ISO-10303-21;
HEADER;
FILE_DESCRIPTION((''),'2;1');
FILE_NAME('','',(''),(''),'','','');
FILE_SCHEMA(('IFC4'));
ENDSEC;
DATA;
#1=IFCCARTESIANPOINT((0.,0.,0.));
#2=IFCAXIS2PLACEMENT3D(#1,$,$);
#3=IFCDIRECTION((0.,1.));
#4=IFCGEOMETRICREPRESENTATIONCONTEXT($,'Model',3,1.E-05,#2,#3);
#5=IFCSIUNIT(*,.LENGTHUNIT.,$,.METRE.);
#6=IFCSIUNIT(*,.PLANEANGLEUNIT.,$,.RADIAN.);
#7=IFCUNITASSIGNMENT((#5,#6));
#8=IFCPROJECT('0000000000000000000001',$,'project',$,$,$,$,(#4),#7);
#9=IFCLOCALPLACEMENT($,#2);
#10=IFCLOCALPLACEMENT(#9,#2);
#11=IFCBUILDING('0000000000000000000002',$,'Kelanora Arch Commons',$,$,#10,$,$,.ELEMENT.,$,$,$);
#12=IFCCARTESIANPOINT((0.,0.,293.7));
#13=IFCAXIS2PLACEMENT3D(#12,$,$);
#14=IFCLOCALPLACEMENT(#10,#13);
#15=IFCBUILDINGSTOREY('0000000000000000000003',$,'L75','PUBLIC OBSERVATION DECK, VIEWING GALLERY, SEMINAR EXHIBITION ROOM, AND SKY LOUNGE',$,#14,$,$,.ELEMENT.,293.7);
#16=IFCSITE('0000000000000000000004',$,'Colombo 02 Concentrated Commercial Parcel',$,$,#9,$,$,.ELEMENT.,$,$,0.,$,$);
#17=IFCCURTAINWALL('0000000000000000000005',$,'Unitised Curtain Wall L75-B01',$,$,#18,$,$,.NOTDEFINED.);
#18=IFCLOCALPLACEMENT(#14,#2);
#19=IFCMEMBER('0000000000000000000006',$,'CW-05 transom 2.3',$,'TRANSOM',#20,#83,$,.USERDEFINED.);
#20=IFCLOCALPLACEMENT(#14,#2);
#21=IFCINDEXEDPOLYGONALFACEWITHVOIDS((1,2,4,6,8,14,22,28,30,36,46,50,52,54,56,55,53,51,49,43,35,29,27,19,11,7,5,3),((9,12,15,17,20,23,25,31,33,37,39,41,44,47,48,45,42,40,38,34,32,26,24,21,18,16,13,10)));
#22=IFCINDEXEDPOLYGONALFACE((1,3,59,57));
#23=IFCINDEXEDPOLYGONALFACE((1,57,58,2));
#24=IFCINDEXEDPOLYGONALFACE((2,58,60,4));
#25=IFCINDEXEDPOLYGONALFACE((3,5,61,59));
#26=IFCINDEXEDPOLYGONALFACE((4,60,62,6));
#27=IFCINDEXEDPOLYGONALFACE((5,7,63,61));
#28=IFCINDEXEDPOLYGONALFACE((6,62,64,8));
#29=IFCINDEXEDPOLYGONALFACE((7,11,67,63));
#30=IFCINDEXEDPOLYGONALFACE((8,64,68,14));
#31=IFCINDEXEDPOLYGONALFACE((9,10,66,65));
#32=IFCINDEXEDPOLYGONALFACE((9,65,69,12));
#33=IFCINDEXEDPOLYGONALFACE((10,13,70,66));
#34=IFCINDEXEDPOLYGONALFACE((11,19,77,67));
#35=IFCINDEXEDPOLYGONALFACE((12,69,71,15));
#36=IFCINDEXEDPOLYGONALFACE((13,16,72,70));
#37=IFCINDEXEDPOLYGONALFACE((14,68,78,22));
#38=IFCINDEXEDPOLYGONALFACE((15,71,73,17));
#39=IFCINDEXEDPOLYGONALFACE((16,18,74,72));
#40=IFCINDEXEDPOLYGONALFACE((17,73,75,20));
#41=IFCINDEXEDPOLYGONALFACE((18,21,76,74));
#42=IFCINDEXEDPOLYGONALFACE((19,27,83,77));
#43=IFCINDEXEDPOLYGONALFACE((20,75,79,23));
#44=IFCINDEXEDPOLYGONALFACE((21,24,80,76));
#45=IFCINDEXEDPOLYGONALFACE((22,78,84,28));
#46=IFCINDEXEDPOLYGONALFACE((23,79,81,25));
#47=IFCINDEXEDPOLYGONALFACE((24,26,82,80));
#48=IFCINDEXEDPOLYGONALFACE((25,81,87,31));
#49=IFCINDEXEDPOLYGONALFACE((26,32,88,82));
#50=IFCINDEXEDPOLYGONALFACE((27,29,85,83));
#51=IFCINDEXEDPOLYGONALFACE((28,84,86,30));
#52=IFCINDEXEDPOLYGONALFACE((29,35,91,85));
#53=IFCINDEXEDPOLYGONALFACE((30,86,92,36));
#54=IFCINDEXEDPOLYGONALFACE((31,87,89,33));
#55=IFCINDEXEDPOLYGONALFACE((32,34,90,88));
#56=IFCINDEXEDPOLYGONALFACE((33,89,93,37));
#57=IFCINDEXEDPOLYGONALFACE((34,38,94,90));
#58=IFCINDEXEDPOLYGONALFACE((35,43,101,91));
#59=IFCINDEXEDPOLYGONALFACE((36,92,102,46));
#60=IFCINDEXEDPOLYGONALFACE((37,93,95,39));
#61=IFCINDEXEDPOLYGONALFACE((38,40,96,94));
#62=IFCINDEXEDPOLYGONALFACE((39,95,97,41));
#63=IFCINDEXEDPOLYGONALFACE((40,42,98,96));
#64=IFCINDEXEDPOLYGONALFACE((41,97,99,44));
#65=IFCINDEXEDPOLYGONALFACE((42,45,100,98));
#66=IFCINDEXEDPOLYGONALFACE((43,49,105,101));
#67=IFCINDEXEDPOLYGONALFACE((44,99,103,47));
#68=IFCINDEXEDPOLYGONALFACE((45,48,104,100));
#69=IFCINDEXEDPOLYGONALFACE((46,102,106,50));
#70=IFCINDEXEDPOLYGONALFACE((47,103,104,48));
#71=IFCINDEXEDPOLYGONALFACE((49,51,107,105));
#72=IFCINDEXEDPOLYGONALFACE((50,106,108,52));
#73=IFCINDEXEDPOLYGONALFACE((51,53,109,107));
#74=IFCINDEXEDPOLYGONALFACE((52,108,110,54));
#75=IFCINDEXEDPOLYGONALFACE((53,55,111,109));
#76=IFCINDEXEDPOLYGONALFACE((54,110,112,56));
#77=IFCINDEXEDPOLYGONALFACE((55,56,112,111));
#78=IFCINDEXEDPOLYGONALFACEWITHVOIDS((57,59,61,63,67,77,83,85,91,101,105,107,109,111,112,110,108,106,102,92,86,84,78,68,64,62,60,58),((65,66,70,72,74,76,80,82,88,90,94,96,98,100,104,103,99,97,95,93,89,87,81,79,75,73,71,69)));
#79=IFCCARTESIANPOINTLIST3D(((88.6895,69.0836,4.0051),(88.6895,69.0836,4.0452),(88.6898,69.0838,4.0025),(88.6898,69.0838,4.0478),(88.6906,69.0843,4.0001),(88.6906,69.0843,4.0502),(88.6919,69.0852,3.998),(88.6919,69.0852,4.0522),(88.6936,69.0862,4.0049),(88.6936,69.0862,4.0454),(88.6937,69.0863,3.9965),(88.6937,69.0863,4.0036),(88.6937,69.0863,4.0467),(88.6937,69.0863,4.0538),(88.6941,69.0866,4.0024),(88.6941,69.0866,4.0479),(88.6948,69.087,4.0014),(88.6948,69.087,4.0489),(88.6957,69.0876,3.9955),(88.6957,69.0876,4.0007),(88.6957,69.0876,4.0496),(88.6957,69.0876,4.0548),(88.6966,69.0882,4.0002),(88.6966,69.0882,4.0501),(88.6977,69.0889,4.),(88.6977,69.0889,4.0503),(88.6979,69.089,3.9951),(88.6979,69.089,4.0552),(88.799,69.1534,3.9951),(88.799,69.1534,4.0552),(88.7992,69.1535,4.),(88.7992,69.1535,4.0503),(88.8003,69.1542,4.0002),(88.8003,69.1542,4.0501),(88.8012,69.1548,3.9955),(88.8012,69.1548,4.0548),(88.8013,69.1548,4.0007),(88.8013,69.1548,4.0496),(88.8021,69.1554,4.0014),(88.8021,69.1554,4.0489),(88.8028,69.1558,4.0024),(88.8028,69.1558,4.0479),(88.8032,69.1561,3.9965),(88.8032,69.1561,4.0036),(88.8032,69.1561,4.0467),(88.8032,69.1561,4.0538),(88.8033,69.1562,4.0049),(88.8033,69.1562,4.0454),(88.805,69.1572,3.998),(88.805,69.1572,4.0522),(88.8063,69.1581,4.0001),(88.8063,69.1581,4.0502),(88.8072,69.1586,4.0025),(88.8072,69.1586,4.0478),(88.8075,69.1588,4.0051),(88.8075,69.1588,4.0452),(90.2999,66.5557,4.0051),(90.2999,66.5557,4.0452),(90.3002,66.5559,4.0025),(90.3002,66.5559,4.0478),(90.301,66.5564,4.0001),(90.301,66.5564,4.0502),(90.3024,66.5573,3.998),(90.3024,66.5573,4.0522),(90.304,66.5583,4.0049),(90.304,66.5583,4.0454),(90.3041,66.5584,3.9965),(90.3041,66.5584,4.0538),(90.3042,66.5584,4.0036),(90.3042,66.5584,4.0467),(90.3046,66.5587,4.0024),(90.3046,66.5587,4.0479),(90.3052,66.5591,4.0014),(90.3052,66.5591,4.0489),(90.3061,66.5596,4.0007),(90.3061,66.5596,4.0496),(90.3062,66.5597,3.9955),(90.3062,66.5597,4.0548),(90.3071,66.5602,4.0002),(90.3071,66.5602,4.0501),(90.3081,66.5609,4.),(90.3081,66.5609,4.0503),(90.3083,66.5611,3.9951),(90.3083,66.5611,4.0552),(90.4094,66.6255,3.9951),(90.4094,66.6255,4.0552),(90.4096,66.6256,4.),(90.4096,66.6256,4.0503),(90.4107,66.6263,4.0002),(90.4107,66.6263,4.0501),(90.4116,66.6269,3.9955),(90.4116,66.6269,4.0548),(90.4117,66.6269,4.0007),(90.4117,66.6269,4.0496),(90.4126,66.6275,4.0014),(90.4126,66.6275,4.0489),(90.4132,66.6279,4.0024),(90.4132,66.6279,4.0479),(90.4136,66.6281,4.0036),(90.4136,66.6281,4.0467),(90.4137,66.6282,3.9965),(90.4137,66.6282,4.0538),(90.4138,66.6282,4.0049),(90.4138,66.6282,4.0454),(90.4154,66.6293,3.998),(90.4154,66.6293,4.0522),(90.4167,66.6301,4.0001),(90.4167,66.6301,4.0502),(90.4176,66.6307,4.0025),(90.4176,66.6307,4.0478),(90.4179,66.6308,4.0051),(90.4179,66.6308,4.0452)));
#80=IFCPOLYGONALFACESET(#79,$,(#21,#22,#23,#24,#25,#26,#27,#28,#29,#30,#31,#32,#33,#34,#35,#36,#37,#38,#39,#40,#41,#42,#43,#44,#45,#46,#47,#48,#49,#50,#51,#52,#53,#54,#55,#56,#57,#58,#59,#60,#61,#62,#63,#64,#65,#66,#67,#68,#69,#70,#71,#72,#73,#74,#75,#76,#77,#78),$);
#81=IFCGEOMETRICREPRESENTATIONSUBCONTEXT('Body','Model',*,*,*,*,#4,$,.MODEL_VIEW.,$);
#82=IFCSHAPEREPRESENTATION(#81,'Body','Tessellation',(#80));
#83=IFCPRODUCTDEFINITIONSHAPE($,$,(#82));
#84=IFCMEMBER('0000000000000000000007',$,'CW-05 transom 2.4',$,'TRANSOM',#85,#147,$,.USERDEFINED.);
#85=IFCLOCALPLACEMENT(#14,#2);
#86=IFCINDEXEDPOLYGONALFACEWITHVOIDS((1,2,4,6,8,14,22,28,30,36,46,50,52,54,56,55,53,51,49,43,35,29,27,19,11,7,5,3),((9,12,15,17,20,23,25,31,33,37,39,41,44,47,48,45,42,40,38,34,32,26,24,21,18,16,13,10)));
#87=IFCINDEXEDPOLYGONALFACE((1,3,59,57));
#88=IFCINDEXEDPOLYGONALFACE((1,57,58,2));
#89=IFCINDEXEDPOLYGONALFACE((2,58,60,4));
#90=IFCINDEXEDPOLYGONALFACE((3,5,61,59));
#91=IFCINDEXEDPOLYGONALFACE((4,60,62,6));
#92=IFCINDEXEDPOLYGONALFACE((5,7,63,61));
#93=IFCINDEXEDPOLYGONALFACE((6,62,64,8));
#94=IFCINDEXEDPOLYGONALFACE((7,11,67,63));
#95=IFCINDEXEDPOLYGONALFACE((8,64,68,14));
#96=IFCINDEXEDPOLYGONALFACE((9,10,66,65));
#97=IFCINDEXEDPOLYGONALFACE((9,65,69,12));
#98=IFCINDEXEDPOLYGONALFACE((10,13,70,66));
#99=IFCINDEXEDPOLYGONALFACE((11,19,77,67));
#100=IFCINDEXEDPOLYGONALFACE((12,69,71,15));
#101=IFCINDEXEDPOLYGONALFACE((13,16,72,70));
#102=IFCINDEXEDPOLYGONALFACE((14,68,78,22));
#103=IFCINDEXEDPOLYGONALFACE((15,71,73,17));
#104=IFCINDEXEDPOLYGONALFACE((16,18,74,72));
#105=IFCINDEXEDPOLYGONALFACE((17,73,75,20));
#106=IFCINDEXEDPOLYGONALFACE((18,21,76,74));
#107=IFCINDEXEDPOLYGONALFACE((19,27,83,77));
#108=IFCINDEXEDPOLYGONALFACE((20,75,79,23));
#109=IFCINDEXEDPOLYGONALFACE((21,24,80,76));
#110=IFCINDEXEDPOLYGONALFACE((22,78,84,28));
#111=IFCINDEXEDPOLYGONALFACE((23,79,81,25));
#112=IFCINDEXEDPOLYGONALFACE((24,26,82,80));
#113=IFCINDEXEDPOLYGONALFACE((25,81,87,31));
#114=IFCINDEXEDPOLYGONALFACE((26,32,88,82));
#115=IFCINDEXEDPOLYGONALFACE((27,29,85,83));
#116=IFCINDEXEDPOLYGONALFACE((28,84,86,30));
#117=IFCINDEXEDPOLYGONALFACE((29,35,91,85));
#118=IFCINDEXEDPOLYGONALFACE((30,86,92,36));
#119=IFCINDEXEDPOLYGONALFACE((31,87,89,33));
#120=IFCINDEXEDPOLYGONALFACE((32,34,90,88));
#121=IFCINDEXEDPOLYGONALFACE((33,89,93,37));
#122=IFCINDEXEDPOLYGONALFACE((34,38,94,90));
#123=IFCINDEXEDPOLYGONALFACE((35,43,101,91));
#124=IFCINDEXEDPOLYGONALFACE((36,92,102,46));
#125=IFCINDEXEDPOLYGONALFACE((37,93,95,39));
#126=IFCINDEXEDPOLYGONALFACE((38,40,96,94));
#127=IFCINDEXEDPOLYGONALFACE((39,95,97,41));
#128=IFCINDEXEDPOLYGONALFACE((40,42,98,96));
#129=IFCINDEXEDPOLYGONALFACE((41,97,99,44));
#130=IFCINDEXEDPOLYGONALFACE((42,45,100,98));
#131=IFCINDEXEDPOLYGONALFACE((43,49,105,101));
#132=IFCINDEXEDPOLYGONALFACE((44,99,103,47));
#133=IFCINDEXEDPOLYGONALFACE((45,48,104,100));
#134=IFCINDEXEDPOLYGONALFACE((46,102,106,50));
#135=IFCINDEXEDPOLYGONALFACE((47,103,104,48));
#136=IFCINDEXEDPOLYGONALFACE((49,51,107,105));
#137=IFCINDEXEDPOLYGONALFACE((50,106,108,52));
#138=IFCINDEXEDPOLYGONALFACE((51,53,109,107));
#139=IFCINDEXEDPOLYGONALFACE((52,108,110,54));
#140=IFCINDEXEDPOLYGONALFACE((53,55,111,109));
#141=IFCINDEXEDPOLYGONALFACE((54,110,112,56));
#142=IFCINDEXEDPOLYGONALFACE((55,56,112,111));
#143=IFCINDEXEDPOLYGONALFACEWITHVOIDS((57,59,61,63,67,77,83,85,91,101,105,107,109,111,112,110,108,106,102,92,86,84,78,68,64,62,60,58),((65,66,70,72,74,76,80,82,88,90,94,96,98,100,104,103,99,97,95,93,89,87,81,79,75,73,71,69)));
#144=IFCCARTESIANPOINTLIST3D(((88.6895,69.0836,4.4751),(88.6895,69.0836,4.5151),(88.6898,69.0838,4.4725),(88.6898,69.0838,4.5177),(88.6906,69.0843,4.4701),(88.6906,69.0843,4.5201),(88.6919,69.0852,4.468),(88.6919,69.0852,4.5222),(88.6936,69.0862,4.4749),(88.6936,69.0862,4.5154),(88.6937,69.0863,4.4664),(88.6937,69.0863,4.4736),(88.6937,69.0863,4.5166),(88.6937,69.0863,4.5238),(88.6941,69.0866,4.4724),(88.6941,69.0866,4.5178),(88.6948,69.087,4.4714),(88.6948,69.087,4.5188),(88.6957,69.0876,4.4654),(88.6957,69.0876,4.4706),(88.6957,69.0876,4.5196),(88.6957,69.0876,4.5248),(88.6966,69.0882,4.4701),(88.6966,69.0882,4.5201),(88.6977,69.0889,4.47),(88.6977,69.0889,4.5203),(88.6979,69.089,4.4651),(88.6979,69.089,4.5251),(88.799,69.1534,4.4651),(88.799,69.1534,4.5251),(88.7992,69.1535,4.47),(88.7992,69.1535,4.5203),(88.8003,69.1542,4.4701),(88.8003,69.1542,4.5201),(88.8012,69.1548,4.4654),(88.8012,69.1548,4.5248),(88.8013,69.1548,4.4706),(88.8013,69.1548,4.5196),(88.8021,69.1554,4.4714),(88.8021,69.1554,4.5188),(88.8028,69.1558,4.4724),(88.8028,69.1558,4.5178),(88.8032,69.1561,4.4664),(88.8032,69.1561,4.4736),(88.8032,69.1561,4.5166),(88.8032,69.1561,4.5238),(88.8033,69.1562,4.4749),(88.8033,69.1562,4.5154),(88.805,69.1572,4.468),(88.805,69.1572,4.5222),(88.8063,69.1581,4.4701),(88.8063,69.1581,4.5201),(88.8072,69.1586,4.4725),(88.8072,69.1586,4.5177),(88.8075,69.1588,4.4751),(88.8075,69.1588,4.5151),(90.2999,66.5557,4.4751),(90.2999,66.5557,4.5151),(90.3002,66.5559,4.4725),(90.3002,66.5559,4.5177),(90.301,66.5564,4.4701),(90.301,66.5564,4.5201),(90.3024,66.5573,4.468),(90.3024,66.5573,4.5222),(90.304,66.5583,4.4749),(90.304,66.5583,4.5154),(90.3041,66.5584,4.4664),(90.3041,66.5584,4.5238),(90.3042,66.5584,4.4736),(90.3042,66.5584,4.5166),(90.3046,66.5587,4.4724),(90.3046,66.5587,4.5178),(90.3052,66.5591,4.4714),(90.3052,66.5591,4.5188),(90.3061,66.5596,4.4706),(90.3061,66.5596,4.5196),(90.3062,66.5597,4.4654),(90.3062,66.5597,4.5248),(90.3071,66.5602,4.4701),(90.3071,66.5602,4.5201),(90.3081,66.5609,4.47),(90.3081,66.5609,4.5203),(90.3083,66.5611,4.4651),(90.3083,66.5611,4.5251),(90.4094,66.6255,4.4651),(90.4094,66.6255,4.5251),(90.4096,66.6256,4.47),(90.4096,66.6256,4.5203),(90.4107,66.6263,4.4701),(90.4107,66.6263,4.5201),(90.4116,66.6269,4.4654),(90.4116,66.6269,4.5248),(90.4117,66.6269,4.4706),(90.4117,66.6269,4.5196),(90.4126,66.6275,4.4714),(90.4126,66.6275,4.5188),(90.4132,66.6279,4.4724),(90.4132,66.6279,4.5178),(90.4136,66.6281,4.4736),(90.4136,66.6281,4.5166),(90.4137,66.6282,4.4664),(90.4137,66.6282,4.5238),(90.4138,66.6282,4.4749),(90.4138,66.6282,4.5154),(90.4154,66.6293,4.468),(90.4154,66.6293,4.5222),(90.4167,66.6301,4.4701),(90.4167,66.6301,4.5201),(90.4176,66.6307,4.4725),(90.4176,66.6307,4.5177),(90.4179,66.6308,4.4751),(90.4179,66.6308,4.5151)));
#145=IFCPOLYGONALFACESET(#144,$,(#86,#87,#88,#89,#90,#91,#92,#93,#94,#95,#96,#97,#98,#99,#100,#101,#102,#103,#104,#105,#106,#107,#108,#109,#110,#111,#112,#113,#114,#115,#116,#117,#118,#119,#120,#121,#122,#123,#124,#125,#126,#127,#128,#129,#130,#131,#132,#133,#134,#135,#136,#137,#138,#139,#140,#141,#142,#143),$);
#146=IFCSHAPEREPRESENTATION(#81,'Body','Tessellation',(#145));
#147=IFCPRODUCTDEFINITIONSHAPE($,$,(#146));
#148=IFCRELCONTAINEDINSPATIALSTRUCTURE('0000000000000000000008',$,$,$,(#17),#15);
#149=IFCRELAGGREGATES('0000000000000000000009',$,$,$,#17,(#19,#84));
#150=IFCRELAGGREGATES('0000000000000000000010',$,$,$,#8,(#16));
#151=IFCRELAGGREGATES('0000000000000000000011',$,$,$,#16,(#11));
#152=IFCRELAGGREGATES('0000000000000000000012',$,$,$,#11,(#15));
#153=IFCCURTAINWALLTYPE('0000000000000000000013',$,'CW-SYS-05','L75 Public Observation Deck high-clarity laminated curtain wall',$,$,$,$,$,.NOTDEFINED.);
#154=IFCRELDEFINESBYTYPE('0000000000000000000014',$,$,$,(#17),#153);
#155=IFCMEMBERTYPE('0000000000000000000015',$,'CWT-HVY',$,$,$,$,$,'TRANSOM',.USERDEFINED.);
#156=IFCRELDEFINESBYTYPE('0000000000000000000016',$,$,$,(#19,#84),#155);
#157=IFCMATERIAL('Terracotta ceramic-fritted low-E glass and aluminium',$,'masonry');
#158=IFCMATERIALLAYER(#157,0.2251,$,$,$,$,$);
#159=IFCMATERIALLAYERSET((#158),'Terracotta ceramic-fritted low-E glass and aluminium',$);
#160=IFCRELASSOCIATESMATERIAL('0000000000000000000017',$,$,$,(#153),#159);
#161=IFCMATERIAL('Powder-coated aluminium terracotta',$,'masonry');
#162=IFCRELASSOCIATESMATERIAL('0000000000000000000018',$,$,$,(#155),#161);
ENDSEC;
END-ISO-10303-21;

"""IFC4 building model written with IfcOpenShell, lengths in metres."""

from ifc_helpers import new_model, si_unit, direction, frame, origin, origin_2d, place, context, subcontext, project, spatial, hollow_rectangle, extrude, material, layer, layer_set, material_profile, profile_set, type_object, element, aggregate, save


model = new_model("IFC4")

# Units and contexts
model_context = context("Model", 3, precision=1e-05, world=origin(), true_north=direction((0.0, 1.0)))
body_context = subcontext(model_context, "Body", "Model", "MODEL_VIEW")
ifc_project = project(units=[si_unit("LENGTHUNIT", "METRE"), si_unit("PLANEANGLEUNIT", "RADIAN")], contexts=[model_context])

# Site, building, storey
site_placement = place(None, origin())
site = spatial("IfcSite", under=ifc_project, at=site_placement, Name="Colombo 02 Concentrated Commercial Parcel", CompositionType="ELEMENT", RefElevation=0.0)
building_placement = place(site_placement, origin())
building = spatial("IfcBuilding", under=site, at=building_placement, Name="Kelanora Arch Commons", CompositionType="ELEMENT")
storey_placement = place(building_placement, frame((0.0, 0.0, 293.7)))
storey = spatial("IfcBuildingStorey", under=building, at=storey_placement, Name="L75", Description="PUBLIC OBSERVATION DECK, VIEWING GALLERY, SEMINAR EXHIBITION ROOM, AND SKY LOUNGE", CompositionType="ELEMENT", Elevation=293.7)

# Curtain wall
ifc_material_1 = material(Name="Terracotta ceramic-fritted low-E glass and aluminium", Category="masonry")
ifc_layer_1 = layer(ifc_material_1, 0.2251)
ifc_layer_set_1 = layer_set([ifc_layer_1], Name="Terracotta ceramic-fritted low-E glass and aluminium")
curtain_wall_type = type_object("IfcCurtainWallType", Name="CW-SYS-05", Description="L75 Public Observation Deck high-clarity laminated curtain wall", PredefinedType="NOTDEFINED", material=ifc_layer_set_1)
curtain_wall_1_placement = place(storey_placement, origin())
curtain_wall_1 = element("IfcCurtainWall", 1, at=curtain_wall_1_placement, inside=storey, type_object=curtain_wall_type, Name="Unitised Curtain Wall L75-B01", PredefinedType="NOTDEFINED")
ifc_material_2 = material(Name="Powder-coated aluminium terracotta", Category="masonry")

# Members
ifc_material_profile_1 = material_profile(ifc_material_2, hollow_rectangle(XDim=0.1399, YDim=0.0601, WallThickness=0.0049, InnerFilletRadius=0.0049, OuterFilletRadius=0.01, at=origin_2d()), Name="CWT140x60")
ifc_profile_set_1 = profile_set([ifc_material_profile_1], Name="Powder-coated aluminium terracotta")
member_type_1 = type_object("IfcMemberType", Name="CWT-HVY", ElementType="TRANSOM", PredefinedType="USERDEFINED", material=ifc_profile_set_1)
member_1_placement = place(storey_placement, frame((90.3589, 66.5933, 4.0251), z_axis=(-0.537287, 0.8434, 0.0), x_axis=(-0.8434, -0.537287, 0.0)))
member_1 = element("IfcMember", 2, at=member_1_placement, type_object=member_type_1, Name="CW-05 transom 2.3", ObjectType="TRANSOM", PredefinedType="USERDEFINED", context=body_context, shape_type="SweptSolid", body=[
    extrude(hollow_rectangle(XDim=0.1399, YDim=0.0601, WallThickness=0.0049, InnerFilletRadius=0.0049, OuterFilletRadius=0.01, at=origin_2d()), origin(), (0.0, 0.0, 1.0), 2.9973),
])
member_2_placement = place(storey_placement, frame((90.3589, 66.5933, 4.4951), z_axis=(-0.537287, 0.8434, 0.0), x_axis=(-0.8434, -0.537287, 0.0)))
member_2 = element("IfcMember", 3, at=member_2_placement, type_object=member_type_1, Name="CW-05 transom 2.4", ObjectType="TRANSOM", PredefinedType="USERDEFINED", context=body_context, shape_type="SweptSolid", body=[
    extrude(hollow_rectangle(XDim=0.1399, YDim=0.0601, WallThickness=0.0049, InnerFilletRadius=0.0049, OuterFilletRadius=0.01, at=origin_2d()), origin(), (0.0, 0.0, 1.0), 2.9973),
])

aggregate(curtain_wall_1, [member_1, member_2])

save(model, "model.ifc")
